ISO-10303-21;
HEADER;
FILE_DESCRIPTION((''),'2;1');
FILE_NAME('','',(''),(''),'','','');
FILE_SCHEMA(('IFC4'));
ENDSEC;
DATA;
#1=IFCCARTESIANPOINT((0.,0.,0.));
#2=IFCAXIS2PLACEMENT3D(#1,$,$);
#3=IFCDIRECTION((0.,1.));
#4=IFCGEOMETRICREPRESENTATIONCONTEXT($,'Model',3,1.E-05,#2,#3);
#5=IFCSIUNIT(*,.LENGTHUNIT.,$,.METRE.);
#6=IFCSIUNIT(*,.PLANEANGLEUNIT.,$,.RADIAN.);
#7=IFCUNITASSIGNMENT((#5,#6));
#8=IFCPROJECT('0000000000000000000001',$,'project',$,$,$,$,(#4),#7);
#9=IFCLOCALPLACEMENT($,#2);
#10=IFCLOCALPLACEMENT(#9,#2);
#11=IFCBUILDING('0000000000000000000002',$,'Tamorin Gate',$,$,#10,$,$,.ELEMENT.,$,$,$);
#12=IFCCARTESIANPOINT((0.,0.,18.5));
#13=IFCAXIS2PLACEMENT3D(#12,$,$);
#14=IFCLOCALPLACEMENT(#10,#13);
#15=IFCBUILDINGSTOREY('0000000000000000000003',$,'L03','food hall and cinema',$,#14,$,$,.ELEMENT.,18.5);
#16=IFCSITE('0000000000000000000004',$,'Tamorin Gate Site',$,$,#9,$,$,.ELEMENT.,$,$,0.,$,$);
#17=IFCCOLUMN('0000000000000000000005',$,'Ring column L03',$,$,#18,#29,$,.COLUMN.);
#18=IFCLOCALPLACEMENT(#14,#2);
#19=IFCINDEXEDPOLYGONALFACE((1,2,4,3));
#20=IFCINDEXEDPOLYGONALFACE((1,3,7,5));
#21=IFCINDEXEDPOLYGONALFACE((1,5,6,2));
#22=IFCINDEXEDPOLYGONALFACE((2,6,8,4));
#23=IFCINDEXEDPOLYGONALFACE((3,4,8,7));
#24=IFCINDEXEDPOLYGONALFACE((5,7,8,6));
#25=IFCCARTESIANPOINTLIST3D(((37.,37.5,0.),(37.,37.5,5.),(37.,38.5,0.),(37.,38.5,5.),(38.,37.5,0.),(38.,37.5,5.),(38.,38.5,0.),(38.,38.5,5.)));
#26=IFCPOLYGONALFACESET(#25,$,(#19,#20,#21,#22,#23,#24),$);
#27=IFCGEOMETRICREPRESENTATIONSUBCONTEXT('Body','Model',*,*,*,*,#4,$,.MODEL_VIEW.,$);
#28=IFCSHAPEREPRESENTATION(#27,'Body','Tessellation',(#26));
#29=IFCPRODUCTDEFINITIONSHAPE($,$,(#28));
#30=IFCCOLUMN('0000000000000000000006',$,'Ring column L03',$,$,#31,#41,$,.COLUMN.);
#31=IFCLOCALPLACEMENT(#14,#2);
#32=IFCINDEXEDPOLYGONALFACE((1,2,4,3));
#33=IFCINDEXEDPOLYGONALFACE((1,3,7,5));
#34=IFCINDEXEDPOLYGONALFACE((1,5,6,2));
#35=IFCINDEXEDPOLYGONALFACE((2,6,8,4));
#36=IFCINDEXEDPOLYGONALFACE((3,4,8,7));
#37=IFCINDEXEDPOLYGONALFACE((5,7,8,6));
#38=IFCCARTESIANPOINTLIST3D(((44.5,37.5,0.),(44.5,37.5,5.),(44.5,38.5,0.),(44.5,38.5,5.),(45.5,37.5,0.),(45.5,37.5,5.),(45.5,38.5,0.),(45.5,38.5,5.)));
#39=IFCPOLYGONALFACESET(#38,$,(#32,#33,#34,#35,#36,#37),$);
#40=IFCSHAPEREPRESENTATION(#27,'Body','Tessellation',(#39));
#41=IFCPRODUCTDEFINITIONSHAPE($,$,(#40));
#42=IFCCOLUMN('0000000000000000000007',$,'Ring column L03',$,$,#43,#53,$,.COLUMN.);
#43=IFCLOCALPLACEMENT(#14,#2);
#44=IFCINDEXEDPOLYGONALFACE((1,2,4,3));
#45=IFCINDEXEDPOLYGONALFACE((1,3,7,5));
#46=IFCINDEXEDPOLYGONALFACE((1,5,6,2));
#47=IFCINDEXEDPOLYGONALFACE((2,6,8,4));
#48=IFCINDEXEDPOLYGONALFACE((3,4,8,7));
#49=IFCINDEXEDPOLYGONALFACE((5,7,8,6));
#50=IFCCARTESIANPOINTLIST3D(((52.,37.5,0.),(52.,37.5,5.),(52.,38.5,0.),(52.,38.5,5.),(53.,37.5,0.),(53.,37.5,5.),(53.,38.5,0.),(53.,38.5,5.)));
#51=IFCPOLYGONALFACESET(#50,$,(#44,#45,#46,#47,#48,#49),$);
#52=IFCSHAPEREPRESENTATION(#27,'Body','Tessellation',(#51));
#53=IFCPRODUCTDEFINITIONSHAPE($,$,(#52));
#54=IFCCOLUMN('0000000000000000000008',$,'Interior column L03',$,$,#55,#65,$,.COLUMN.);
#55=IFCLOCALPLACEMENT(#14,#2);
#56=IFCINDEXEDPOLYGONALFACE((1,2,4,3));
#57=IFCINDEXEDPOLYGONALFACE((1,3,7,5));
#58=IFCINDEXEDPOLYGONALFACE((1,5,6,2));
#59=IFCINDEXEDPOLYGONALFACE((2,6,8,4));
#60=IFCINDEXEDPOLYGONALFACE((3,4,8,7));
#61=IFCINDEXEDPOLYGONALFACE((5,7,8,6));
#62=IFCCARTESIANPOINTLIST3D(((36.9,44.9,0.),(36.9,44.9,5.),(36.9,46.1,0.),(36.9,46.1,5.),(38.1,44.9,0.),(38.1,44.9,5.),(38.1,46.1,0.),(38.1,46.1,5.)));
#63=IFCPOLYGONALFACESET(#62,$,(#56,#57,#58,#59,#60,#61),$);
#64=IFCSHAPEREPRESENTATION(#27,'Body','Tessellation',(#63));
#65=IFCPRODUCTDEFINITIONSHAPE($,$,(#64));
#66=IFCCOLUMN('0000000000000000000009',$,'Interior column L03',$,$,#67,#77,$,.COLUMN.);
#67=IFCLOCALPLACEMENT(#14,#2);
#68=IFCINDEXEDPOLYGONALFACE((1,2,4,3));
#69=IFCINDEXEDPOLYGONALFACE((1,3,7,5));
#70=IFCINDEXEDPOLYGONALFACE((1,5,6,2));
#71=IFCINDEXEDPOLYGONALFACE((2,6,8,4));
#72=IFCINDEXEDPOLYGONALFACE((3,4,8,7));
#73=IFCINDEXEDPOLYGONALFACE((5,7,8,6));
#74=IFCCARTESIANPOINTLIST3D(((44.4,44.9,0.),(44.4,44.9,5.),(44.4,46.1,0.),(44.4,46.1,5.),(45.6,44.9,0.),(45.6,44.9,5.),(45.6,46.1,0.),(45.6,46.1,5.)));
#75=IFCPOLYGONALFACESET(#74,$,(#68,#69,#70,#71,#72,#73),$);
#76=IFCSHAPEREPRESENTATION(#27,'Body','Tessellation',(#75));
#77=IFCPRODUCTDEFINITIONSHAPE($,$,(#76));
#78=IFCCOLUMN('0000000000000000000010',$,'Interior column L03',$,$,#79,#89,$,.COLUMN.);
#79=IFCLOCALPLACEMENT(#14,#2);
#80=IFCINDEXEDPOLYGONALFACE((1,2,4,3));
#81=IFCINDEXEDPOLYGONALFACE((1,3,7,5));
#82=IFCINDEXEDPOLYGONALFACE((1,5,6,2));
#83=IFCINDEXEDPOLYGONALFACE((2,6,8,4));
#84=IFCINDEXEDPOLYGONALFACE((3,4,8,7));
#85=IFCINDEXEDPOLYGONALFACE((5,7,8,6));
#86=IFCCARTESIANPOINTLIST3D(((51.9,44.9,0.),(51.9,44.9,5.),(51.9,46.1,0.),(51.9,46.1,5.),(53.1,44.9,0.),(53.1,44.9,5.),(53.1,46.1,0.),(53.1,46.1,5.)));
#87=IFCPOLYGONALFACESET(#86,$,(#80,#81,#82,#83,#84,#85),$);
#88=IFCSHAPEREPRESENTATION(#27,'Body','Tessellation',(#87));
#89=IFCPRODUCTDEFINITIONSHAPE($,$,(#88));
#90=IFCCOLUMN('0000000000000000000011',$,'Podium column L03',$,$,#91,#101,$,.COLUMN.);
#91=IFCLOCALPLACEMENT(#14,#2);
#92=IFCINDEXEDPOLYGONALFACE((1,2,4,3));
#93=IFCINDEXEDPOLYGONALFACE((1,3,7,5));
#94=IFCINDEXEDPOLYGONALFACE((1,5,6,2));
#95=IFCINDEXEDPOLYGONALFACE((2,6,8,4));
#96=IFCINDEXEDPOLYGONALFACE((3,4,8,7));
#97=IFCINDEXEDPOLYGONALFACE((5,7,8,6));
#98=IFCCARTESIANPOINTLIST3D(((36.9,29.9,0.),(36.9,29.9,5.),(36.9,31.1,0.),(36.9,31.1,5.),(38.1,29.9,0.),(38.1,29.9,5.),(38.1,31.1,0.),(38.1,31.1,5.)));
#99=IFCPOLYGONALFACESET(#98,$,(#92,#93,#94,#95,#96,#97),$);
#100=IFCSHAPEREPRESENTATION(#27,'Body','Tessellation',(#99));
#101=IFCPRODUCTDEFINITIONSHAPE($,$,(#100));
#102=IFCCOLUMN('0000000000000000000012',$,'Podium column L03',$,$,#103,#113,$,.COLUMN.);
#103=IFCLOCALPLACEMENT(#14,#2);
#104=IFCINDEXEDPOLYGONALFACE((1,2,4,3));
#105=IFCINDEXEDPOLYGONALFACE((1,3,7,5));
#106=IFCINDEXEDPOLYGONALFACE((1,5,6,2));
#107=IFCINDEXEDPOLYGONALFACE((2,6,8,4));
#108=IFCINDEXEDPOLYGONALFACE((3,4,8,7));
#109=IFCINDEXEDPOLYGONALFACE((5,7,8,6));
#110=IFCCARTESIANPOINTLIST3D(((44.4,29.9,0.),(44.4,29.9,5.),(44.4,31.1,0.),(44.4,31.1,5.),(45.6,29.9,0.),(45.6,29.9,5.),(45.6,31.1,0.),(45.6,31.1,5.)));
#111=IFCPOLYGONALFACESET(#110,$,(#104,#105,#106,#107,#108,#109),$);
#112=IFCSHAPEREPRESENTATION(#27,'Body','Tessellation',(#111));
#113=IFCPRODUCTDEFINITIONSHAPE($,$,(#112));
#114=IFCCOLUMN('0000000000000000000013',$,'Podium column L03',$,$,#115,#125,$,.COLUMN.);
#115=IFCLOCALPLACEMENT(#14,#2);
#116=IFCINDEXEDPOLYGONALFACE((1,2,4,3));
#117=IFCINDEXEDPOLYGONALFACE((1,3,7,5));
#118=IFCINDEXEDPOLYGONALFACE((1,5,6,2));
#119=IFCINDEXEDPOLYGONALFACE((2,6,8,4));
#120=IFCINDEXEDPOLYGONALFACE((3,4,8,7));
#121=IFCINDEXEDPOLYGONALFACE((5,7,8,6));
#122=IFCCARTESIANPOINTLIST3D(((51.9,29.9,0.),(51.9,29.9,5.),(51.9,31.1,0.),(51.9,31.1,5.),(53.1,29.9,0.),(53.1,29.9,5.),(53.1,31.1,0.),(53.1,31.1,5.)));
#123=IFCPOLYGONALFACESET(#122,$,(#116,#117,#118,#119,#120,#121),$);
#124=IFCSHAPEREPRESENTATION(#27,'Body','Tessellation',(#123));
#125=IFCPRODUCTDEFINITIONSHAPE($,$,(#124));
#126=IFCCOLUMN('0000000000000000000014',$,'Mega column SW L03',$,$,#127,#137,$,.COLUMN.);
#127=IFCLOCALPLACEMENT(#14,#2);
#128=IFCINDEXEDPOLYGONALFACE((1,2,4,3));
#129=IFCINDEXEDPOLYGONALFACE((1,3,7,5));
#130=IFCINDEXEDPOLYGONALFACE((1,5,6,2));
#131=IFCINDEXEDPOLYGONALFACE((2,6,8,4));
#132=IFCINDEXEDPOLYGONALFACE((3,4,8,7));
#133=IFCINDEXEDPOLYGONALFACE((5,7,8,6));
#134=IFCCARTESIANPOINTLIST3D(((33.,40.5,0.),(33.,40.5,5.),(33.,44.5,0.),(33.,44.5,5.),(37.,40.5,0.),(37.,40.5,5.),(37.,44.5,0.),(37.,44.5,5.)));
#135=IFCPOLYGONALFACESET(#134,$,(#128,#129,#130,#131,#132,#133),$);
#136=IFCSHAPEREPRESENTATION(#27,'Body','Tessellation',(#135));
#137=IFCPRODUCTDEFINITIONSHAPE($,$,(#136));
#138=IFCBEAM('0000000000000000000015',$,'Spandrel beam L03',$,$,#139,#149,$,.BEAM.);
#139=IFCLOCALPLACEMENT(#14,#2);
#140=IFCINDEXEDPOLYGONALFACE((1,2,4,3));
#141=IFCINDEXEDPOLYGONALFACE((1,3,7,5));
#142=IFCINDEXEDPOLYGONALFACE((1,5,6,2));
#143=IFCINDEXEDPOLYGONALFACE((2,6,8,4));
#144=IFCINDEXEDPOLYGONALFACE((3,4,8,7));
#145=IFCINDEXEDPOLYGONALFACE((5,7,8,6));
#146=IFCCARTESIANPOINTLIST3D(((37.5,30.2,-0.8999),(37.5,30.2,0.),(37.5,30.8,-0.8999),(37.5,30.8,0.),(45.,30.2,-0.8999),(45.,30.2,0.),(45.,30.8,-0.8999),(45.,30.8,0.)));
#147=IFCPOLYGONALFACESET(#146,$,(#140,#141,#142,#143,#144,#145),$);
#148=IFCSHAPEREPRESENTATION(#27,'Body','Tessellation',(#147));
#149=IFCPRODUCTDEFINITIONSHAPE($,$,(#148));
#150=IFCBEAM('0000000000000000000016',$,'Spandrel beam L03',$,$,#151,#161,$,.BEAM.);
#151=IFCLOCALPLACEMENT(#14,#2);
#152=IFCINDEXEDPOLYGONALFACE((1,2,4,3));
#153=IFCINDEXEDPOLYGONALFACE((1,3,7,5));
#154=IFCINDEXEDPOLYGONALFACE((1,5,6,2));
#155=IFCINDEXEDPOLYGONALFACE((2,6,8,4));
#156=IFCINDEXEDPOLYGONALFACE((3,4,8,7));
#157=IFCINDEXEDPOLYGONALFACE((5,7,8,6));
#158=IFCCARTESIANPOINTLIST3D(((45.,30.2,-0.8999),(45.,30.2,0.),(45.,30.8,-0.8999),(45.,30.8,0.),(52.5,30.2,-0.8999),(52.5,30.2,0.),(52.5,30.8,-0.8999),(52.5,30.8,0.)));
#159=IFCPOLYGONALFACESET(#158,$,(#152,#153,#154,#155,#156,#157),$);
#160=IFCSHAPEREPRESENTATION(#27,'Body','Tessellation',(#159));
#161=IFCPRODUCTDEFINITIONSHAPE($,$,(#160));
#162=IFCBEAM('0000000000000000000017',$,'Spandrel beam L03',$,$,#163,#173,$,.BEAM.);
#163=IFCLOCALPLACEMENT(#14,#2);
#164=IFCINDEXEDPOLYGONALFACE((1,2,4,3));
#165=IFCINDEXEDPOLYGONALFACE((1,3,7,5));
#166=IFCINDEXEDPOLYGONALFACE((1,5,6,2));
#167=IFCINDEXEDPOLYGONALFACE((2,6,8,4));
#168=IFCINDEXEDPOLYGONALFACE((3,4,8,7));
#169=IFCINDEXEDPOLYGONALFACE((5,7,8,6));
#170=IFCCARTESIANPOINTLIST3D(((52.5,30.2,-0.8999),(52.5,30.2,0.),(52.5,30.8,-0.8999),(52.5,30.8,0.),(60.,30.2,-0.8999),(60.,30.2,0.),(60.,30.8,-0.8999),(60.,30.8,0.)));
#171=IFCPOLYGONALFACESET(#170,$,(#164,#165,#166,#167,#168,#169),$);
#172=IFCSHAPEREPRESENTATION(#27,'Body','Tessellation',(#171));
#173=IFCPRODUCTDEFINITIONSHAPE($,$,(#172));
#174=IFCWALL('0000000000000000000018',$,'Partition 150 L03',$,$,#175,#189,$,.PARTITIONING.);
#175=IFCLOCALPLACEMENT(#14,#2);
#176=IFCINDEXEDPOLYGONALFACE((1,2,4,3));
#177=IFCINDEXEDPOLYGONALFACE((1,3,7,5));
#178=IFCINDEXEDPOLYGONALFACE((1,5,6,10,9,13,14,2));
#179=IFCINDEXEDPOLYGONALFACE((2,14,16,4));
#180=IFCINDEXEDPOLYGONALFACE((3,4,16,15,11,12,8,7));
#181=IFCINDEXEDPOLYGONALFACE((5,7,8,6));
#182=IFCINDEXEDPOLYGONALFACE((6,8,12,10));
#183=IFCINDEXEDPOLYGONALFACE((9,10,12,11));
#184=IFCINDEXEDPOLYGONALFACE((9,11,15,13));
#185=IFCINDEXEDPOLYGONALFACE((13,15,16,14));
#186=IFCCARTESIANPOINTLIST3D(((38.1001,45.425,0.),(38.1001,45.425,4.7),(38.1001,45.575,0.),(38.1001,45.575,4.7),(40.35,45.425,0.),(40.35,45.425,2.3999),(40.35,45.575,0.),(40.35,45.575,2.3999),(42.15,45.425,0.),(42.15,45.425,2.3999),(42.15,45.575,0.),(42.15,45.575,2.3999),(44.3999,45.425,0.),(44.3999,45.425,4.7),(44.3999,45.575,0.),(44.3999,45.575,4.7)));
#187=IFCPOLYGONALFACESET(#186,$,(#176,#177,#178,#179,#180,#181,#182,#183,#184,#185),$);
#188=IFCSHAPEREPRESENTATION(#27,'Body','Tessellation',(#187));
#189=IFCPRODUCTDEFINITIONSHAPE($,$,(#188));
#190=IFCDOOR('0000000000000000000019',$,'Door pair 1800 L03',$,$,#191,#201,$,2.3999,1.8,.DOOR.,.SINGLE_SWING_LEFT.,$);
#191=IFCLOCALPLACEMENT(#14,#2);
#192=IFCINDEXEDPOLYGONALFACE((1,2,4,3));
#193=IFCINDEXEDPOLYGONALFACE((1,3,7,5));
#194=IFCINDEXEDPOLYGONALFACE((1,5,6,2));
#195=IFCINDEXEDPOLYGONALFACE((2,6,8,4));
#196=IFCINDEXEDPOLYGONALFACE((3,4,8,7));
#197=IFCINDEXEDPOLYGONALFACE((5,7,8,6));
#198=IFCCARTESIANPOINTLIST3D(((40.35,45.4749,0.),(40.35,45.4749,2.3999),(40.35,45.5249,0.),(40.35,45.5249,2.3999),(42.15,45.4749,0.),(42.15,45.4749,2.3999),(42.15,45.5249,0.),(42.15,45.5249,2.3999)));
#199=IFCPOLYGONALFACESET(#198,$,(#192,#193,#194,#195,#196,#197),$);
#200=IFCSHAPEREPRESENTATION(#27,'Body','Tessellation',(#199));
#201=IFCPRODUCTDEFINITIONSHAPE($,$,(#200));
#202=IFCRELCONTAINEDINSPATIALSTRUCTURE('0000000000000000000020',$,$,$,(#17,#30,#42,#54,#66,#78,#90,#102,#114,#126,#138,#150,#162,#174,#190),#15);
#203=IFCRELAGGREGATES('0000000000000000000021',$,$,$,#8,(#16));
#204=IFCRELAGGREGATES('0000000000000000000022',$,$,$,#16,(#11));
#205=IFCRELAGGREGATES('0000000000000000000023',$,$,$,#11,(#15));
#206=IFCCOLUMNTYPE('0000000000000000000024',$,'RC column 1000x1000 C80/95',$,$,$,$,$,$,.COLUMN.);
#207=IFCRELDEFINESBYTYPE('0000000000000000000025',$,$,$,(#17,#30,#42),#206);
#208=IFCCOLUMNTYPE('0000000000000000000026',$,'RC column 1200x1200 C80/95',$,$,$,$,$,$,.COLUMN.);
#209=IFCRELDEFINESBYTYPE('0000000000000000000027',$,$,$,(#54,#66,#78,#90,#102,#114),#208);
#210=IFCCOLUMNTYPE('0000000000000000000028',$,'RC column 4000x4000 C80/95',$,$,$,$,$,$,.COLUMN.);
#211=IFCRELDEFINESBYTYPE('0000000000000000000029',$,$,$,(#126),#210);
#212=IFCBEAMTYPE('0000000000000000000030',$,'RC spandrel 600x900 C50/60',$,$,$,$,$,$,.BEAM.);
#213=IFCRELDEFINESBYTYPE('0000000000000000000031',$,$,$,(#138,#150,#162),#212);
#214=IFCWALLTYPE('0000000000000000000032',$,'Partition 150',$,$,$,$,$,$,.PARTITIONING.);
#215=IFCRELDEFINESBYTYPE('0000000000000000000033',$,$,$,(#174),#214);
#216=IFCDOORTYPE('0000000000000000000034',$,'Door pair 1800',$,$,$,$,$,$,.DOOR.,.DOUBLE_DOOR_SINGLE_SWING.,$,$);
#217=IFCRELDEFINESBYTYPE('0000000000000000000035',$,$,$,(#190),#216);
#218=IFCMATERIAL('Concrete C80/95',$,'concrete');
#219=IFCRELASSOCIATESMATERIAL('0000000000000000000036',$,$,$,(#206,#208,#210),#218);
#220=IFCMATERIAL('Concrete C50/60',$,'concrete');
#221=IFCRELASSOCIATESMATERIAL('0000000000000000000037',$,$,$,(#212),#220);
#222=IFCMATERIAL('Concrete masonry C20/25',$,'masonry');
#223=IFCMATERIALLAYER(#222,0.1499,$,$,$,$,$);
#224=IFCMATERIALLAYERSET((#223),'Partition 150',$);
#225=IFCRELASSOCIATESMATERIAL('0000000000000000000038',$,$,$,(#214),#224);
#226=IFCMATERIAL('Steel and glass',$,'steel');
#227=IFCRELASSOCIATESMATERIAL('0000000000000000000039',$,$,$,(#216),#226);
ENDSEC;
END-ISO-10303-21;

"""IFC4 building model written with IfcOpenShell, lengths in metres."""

from ifc_helpers import new_model, si_unit, direction, frame, frame_2d, origin, origin_2d, place, context, subcontext, project, spatial, rectangle, extrude, material, layer, layer_set, material_profile, profile_set, type_object, element, fill, save


model = new_model("IFC4")

# Units and contexts
model_context = context("Model", 3, precision=1e-05, world=origin(), true_north=direction((0.0, 1.0)))
body_context = subcontext(model_context, "Body", "Model", "MODEL_VIEW")
ifc_project = project(units=[si_unit("LENGTHUNIT", "METRE"), si_unit("PLANEANGLEUNIT", "RADIAN")], contexts=[model_context])

# Site, building, storey
site_placement = place(None, origin())
site = spatial("IfcSite", under=ifc_project, at=site_placement, Name="Tamorin Gate Site", CompositionType="ELEMENT", RefElevation=0.0)
building_placement = place(site_placement, origin())
building = spatial("IfcBuilding", under=site, at=building_placement, Name="Tamorin Gate", CompositionType="ELEMENT")
storey_placement = place(building_placement, frame((0.0, 0.0, 18.5)))
storey = spatial("IfcBuildingStorey", under=building, at=storey_placement, Name="L03", Description="food hall and cinema", CompositionType="ELEMENT", Elevation=18.5)

# Columns
ifc_material_1 = material(Name="Concrete C80/95", Category="concrete")
ifc_material_profile_1 = material_profile(ifc_material_1, rectangle(XDim=1.0, YDim=1.0, at=origin_2d()), Name="RC 1000x1000")
ifc_profile_set_1 = profile_set([ifc_material_profile_1], Name="Concrete C80/95")
column_type_1 = type_object("IfcColumnType", Name="RC column 1000x1000 C80/95", PredefinedType="COLUMN", material=ifc_profile_set_1)
for number, where, z_axis, x_axis, name in (
    (1, (37.5, 38.0, 0.0), (0.0, 0.0, 1.0), (1.0, 0.0, 0.0), "Ring column L03"),
    (2, (45.0, 38.0, 0.0), (0.0, 0.0, 1.0), (1.0, 0.0, 0.0), "Ring column L03"),
    (3, (52.5, 38.0, 0.0), (0.0, 0.0, 1.0), (1.0, 0.0, 0.0), "Ring column L03"),
):
    element("IfcColumn", number, at=place(storey_placement, frame(where, z_axis=z_axis, x_axis=x_axis)), inside=storey, type_object=column_type_1, Name=name, PredefinedType="COLUMN", context=body_context, shape_type="SweptSolid", body=[
        extrude(rectangle(XDim=1.0, YDim=1.0, at=origin_2d()), origin(), (0.0, 0.0, 1.0), 5.0),
    ])
ifc_material_profile_2 = material_profile(ifc_material_1, rectangle(XDim=1.2, YDim=1.2, at=origin_2d()), Name="RC 1200x1200")
ifc_profile_set_2 = profile_set([ifc_material_profile_2], Name="Concrete C80/95")
column_type_2 = type_object("IfcColumnType", Name="RC column 1200x1200 C80/95", PredefinedType="COLUMN", material=ifc_profile_set_2)
for number, where, z_axis, x_axis, name in (
    (4, (37.5, 45.5, 0.0), (0.0, 0.0, 1.0), (1.0, 0.0, 0.0), "Interior column L03"),
    (5, (45.0, 45.5, 0.0), (0.0, 0.0, 1.0), (1.0, 0.0, 0.0), "Interior column L03"),
    (6, (52.5, 45.5, 0.0), (0.0, 0.0, 1.0), (1.0, 0.0, 0.0), "Interior column L03"),
    (7, (37.5, 30.5, 0.0), (0.0, 0.0, 1.0), (1.0, 0.0, 0.0), "Podium column L03"),
    (8, (45.0, 30.5, 0.0), (0.0, 0.0, 1.0), (1.0, 0.0, 0.0), "Podium column L03"),
    (9, (52.5, 30.5, 0.0), (0.0, 0.0, 1.0), (1.0, 0.0, 0.0), "Podium column L03"),
):
    element("IfcColumn", number, at=place(storey_placement, frame(where, z_axis=z_axis, x_axis=x_axis)), inside=storey, type_object=column_type_2, Name=name, PredefinedType="COLUMN", context=body_context, shape_type="SweptSolid", body=[
        extrude(rectangle(XDim=1.2, YDim=1.2, at=origin_2d()), origin(), (0.0, 0.0, 1.0), 5.0),
    ])
ifc_material_profile_3 = material_profile(ifc_material_1, rectangle(XDim=4.0, YDim=4.0, at=origin_2d()), Name="RC 4000x4000")
ifc_profile_set_3 = profile_set([ifc_material_profile_3], Name="Concrete C80/95")
column_type_3 = type_object("IfcColumnType", Name="RC column 4000x4000 C80/95", PredefinedType="COLUMN", material=ifc_profile_set_3)
column_placement = place(storey_placement, frame((35.0, 42.5, 0.0), z_axis=(0.0, 0.0, 1.0), x_axis=(1.0, 0.0, 0.0)))
element("IfcColumn", 10, at=column_placement, inside=storey, type_object=column_type_3, Name="Mega column SW L03", PredefinedType="COLUMN", context=body_context, shape_type="SweptSolid", body=[
    extrude(rectangle(XDim=4.0, YDim=4.0, at=origin_2d()), origin(), (0.0, 0.0, 1.0), 5.0),
])

# Beams
ifc_material_2 = material(Name="Concrete C50/60", Category="concrete")
ifc_material_profile_4 = material_profile(ifc_material_2, rectangle(XDim=0.6001, YDim=0.8999, at=origin_2d()), Name="RC 600x900")
ifc_profile_set_4 = profile_set([ifc_material_profile_4], Name="Concrete C50/60")
beam_type = type_object("IfcBeamType", Name="RC spandrel 600x900 C50/60", PredefinedType="BEAM", material=ifc_profile_set_4)
for number, where, z_axis, x_axis, name in (
    (11, (37.5, 30.5, -0.45), (1.0, 0.0, 0.0), (0.0, 1.0, 0.0), "Spandrel beam L03"),
    (12, (45.0, 30.5, -0.45), (1.0, 0.0, 0.0), (0.0, 1.0, 0.0), "Spandrel beam L03"),
    (13, (52.5, 30.5, -0.45), (1.0, 0.0, 0.0), (0.0, 1.0, 0.0), "Spandrel beam L03"),
):
    element("IfcBeam", number, at=place(storey_placement, frame(where, z_axis=z_axis, x_axis=x_axis)), inside=storey, type_object=beam_type, Name=name, PredefinedType="BEAM", context=body_context, shape_type="SweptSolid", body=[
        extrude(rectangle(XDim=0.6001, YDim=0.8999, at=origin_2d()), origin(), (0.0, 0.0, 1.0), 7.5),
    ])

# Wall, opening, door
ifc_material_3 = material(Name="Concrete masonry C20/25", Category="masonry")
ifc_layer_1 = layer(ifc_material_3, 0.1499)
ifc_layer_set_1 = layer_set([ifc_layer_1], Name="Partition 150")
wall_type_1 = type_object("IfcWallType", Name="Partition 150", PredefinedType="PARTITIONING", material=ifc_layer_set_1)
wall_1_placement = place(storey_placement, frame((38.1001, 45.5, 0.0), z_axis=(0.0, 0.0, 1.0), x_axis=(1.0, 0.0, 0.0)))
wall_1 = element("IfcWall", 14, at=wall_1_placement, inside=storey, type_object=wall_type_1, Name="Partition 150 L03", PredefinedType="PARTITIONING", context=body_context, shape_type="SweptSolid", body=[
    extrude(rectangle(XDim=6.2998, YDim=0.1499, at=frame_2d((3.1499, 0.0))), origin(), (0.0, 0.0, 1.0), 4.7),
])
opening_1_placement = place(wall_1_placement, frame((2.25, 0.0, 0.0)))
opening_1 = element("IfcOpeningElement", 15, at=opening_1_placement, cuts=wall_1, PredefinedType="OPENING", context=body_context, shape_type="SweptSolid", body=[
    extrude(rectangle(XDim=1.8, YDim=2.3999, at=frame_2d((0.8999, 1.2))), frame((0.0, 0.085, 0.0), z_axis=(0.0, -1.0, 0.0), x_axis=(1.0, 0.0, 0.0)), (0.0, 0.0, 1.0), 0.1699),
])
ifc_material_4 = material(Name="Steel and glass", Category="steel")
door_type = type_object("IfcDoorType", Name="Door pair 1800", OperationType="DOUBLE_DOOR_SINGLE_SWING", PredefinedType="DOOR", material=ifc_material_4)
door_1_placement = place(opening_1_placement, origin())
door_1 = element("IfcDoor", 16, at=door_1_placement, inside=storey, type_object=door_type, Name="Door pair 1800 L03", OperationType="SINGLE_SWING_LEFT", OverallHeight=2.3999, OverallWidth=1.8, PredefinedType="DOOR", context=body_context, shape_type="SweptSolid", body=[
    extrude(rectangle(XDim=1.8, YDim=2.3999, at=frame_2d((0.8999, 1.2))), frame((0.0, 0.0249, 0.0), z_axis=(0.0, -1.0, 0.0), x_axis=(1.0, 0.0, 0.0)), (0.0, 0.0, 1.0), 0.05),
])
fill(opening_1, door_1)

save(model, "model.ifc")
